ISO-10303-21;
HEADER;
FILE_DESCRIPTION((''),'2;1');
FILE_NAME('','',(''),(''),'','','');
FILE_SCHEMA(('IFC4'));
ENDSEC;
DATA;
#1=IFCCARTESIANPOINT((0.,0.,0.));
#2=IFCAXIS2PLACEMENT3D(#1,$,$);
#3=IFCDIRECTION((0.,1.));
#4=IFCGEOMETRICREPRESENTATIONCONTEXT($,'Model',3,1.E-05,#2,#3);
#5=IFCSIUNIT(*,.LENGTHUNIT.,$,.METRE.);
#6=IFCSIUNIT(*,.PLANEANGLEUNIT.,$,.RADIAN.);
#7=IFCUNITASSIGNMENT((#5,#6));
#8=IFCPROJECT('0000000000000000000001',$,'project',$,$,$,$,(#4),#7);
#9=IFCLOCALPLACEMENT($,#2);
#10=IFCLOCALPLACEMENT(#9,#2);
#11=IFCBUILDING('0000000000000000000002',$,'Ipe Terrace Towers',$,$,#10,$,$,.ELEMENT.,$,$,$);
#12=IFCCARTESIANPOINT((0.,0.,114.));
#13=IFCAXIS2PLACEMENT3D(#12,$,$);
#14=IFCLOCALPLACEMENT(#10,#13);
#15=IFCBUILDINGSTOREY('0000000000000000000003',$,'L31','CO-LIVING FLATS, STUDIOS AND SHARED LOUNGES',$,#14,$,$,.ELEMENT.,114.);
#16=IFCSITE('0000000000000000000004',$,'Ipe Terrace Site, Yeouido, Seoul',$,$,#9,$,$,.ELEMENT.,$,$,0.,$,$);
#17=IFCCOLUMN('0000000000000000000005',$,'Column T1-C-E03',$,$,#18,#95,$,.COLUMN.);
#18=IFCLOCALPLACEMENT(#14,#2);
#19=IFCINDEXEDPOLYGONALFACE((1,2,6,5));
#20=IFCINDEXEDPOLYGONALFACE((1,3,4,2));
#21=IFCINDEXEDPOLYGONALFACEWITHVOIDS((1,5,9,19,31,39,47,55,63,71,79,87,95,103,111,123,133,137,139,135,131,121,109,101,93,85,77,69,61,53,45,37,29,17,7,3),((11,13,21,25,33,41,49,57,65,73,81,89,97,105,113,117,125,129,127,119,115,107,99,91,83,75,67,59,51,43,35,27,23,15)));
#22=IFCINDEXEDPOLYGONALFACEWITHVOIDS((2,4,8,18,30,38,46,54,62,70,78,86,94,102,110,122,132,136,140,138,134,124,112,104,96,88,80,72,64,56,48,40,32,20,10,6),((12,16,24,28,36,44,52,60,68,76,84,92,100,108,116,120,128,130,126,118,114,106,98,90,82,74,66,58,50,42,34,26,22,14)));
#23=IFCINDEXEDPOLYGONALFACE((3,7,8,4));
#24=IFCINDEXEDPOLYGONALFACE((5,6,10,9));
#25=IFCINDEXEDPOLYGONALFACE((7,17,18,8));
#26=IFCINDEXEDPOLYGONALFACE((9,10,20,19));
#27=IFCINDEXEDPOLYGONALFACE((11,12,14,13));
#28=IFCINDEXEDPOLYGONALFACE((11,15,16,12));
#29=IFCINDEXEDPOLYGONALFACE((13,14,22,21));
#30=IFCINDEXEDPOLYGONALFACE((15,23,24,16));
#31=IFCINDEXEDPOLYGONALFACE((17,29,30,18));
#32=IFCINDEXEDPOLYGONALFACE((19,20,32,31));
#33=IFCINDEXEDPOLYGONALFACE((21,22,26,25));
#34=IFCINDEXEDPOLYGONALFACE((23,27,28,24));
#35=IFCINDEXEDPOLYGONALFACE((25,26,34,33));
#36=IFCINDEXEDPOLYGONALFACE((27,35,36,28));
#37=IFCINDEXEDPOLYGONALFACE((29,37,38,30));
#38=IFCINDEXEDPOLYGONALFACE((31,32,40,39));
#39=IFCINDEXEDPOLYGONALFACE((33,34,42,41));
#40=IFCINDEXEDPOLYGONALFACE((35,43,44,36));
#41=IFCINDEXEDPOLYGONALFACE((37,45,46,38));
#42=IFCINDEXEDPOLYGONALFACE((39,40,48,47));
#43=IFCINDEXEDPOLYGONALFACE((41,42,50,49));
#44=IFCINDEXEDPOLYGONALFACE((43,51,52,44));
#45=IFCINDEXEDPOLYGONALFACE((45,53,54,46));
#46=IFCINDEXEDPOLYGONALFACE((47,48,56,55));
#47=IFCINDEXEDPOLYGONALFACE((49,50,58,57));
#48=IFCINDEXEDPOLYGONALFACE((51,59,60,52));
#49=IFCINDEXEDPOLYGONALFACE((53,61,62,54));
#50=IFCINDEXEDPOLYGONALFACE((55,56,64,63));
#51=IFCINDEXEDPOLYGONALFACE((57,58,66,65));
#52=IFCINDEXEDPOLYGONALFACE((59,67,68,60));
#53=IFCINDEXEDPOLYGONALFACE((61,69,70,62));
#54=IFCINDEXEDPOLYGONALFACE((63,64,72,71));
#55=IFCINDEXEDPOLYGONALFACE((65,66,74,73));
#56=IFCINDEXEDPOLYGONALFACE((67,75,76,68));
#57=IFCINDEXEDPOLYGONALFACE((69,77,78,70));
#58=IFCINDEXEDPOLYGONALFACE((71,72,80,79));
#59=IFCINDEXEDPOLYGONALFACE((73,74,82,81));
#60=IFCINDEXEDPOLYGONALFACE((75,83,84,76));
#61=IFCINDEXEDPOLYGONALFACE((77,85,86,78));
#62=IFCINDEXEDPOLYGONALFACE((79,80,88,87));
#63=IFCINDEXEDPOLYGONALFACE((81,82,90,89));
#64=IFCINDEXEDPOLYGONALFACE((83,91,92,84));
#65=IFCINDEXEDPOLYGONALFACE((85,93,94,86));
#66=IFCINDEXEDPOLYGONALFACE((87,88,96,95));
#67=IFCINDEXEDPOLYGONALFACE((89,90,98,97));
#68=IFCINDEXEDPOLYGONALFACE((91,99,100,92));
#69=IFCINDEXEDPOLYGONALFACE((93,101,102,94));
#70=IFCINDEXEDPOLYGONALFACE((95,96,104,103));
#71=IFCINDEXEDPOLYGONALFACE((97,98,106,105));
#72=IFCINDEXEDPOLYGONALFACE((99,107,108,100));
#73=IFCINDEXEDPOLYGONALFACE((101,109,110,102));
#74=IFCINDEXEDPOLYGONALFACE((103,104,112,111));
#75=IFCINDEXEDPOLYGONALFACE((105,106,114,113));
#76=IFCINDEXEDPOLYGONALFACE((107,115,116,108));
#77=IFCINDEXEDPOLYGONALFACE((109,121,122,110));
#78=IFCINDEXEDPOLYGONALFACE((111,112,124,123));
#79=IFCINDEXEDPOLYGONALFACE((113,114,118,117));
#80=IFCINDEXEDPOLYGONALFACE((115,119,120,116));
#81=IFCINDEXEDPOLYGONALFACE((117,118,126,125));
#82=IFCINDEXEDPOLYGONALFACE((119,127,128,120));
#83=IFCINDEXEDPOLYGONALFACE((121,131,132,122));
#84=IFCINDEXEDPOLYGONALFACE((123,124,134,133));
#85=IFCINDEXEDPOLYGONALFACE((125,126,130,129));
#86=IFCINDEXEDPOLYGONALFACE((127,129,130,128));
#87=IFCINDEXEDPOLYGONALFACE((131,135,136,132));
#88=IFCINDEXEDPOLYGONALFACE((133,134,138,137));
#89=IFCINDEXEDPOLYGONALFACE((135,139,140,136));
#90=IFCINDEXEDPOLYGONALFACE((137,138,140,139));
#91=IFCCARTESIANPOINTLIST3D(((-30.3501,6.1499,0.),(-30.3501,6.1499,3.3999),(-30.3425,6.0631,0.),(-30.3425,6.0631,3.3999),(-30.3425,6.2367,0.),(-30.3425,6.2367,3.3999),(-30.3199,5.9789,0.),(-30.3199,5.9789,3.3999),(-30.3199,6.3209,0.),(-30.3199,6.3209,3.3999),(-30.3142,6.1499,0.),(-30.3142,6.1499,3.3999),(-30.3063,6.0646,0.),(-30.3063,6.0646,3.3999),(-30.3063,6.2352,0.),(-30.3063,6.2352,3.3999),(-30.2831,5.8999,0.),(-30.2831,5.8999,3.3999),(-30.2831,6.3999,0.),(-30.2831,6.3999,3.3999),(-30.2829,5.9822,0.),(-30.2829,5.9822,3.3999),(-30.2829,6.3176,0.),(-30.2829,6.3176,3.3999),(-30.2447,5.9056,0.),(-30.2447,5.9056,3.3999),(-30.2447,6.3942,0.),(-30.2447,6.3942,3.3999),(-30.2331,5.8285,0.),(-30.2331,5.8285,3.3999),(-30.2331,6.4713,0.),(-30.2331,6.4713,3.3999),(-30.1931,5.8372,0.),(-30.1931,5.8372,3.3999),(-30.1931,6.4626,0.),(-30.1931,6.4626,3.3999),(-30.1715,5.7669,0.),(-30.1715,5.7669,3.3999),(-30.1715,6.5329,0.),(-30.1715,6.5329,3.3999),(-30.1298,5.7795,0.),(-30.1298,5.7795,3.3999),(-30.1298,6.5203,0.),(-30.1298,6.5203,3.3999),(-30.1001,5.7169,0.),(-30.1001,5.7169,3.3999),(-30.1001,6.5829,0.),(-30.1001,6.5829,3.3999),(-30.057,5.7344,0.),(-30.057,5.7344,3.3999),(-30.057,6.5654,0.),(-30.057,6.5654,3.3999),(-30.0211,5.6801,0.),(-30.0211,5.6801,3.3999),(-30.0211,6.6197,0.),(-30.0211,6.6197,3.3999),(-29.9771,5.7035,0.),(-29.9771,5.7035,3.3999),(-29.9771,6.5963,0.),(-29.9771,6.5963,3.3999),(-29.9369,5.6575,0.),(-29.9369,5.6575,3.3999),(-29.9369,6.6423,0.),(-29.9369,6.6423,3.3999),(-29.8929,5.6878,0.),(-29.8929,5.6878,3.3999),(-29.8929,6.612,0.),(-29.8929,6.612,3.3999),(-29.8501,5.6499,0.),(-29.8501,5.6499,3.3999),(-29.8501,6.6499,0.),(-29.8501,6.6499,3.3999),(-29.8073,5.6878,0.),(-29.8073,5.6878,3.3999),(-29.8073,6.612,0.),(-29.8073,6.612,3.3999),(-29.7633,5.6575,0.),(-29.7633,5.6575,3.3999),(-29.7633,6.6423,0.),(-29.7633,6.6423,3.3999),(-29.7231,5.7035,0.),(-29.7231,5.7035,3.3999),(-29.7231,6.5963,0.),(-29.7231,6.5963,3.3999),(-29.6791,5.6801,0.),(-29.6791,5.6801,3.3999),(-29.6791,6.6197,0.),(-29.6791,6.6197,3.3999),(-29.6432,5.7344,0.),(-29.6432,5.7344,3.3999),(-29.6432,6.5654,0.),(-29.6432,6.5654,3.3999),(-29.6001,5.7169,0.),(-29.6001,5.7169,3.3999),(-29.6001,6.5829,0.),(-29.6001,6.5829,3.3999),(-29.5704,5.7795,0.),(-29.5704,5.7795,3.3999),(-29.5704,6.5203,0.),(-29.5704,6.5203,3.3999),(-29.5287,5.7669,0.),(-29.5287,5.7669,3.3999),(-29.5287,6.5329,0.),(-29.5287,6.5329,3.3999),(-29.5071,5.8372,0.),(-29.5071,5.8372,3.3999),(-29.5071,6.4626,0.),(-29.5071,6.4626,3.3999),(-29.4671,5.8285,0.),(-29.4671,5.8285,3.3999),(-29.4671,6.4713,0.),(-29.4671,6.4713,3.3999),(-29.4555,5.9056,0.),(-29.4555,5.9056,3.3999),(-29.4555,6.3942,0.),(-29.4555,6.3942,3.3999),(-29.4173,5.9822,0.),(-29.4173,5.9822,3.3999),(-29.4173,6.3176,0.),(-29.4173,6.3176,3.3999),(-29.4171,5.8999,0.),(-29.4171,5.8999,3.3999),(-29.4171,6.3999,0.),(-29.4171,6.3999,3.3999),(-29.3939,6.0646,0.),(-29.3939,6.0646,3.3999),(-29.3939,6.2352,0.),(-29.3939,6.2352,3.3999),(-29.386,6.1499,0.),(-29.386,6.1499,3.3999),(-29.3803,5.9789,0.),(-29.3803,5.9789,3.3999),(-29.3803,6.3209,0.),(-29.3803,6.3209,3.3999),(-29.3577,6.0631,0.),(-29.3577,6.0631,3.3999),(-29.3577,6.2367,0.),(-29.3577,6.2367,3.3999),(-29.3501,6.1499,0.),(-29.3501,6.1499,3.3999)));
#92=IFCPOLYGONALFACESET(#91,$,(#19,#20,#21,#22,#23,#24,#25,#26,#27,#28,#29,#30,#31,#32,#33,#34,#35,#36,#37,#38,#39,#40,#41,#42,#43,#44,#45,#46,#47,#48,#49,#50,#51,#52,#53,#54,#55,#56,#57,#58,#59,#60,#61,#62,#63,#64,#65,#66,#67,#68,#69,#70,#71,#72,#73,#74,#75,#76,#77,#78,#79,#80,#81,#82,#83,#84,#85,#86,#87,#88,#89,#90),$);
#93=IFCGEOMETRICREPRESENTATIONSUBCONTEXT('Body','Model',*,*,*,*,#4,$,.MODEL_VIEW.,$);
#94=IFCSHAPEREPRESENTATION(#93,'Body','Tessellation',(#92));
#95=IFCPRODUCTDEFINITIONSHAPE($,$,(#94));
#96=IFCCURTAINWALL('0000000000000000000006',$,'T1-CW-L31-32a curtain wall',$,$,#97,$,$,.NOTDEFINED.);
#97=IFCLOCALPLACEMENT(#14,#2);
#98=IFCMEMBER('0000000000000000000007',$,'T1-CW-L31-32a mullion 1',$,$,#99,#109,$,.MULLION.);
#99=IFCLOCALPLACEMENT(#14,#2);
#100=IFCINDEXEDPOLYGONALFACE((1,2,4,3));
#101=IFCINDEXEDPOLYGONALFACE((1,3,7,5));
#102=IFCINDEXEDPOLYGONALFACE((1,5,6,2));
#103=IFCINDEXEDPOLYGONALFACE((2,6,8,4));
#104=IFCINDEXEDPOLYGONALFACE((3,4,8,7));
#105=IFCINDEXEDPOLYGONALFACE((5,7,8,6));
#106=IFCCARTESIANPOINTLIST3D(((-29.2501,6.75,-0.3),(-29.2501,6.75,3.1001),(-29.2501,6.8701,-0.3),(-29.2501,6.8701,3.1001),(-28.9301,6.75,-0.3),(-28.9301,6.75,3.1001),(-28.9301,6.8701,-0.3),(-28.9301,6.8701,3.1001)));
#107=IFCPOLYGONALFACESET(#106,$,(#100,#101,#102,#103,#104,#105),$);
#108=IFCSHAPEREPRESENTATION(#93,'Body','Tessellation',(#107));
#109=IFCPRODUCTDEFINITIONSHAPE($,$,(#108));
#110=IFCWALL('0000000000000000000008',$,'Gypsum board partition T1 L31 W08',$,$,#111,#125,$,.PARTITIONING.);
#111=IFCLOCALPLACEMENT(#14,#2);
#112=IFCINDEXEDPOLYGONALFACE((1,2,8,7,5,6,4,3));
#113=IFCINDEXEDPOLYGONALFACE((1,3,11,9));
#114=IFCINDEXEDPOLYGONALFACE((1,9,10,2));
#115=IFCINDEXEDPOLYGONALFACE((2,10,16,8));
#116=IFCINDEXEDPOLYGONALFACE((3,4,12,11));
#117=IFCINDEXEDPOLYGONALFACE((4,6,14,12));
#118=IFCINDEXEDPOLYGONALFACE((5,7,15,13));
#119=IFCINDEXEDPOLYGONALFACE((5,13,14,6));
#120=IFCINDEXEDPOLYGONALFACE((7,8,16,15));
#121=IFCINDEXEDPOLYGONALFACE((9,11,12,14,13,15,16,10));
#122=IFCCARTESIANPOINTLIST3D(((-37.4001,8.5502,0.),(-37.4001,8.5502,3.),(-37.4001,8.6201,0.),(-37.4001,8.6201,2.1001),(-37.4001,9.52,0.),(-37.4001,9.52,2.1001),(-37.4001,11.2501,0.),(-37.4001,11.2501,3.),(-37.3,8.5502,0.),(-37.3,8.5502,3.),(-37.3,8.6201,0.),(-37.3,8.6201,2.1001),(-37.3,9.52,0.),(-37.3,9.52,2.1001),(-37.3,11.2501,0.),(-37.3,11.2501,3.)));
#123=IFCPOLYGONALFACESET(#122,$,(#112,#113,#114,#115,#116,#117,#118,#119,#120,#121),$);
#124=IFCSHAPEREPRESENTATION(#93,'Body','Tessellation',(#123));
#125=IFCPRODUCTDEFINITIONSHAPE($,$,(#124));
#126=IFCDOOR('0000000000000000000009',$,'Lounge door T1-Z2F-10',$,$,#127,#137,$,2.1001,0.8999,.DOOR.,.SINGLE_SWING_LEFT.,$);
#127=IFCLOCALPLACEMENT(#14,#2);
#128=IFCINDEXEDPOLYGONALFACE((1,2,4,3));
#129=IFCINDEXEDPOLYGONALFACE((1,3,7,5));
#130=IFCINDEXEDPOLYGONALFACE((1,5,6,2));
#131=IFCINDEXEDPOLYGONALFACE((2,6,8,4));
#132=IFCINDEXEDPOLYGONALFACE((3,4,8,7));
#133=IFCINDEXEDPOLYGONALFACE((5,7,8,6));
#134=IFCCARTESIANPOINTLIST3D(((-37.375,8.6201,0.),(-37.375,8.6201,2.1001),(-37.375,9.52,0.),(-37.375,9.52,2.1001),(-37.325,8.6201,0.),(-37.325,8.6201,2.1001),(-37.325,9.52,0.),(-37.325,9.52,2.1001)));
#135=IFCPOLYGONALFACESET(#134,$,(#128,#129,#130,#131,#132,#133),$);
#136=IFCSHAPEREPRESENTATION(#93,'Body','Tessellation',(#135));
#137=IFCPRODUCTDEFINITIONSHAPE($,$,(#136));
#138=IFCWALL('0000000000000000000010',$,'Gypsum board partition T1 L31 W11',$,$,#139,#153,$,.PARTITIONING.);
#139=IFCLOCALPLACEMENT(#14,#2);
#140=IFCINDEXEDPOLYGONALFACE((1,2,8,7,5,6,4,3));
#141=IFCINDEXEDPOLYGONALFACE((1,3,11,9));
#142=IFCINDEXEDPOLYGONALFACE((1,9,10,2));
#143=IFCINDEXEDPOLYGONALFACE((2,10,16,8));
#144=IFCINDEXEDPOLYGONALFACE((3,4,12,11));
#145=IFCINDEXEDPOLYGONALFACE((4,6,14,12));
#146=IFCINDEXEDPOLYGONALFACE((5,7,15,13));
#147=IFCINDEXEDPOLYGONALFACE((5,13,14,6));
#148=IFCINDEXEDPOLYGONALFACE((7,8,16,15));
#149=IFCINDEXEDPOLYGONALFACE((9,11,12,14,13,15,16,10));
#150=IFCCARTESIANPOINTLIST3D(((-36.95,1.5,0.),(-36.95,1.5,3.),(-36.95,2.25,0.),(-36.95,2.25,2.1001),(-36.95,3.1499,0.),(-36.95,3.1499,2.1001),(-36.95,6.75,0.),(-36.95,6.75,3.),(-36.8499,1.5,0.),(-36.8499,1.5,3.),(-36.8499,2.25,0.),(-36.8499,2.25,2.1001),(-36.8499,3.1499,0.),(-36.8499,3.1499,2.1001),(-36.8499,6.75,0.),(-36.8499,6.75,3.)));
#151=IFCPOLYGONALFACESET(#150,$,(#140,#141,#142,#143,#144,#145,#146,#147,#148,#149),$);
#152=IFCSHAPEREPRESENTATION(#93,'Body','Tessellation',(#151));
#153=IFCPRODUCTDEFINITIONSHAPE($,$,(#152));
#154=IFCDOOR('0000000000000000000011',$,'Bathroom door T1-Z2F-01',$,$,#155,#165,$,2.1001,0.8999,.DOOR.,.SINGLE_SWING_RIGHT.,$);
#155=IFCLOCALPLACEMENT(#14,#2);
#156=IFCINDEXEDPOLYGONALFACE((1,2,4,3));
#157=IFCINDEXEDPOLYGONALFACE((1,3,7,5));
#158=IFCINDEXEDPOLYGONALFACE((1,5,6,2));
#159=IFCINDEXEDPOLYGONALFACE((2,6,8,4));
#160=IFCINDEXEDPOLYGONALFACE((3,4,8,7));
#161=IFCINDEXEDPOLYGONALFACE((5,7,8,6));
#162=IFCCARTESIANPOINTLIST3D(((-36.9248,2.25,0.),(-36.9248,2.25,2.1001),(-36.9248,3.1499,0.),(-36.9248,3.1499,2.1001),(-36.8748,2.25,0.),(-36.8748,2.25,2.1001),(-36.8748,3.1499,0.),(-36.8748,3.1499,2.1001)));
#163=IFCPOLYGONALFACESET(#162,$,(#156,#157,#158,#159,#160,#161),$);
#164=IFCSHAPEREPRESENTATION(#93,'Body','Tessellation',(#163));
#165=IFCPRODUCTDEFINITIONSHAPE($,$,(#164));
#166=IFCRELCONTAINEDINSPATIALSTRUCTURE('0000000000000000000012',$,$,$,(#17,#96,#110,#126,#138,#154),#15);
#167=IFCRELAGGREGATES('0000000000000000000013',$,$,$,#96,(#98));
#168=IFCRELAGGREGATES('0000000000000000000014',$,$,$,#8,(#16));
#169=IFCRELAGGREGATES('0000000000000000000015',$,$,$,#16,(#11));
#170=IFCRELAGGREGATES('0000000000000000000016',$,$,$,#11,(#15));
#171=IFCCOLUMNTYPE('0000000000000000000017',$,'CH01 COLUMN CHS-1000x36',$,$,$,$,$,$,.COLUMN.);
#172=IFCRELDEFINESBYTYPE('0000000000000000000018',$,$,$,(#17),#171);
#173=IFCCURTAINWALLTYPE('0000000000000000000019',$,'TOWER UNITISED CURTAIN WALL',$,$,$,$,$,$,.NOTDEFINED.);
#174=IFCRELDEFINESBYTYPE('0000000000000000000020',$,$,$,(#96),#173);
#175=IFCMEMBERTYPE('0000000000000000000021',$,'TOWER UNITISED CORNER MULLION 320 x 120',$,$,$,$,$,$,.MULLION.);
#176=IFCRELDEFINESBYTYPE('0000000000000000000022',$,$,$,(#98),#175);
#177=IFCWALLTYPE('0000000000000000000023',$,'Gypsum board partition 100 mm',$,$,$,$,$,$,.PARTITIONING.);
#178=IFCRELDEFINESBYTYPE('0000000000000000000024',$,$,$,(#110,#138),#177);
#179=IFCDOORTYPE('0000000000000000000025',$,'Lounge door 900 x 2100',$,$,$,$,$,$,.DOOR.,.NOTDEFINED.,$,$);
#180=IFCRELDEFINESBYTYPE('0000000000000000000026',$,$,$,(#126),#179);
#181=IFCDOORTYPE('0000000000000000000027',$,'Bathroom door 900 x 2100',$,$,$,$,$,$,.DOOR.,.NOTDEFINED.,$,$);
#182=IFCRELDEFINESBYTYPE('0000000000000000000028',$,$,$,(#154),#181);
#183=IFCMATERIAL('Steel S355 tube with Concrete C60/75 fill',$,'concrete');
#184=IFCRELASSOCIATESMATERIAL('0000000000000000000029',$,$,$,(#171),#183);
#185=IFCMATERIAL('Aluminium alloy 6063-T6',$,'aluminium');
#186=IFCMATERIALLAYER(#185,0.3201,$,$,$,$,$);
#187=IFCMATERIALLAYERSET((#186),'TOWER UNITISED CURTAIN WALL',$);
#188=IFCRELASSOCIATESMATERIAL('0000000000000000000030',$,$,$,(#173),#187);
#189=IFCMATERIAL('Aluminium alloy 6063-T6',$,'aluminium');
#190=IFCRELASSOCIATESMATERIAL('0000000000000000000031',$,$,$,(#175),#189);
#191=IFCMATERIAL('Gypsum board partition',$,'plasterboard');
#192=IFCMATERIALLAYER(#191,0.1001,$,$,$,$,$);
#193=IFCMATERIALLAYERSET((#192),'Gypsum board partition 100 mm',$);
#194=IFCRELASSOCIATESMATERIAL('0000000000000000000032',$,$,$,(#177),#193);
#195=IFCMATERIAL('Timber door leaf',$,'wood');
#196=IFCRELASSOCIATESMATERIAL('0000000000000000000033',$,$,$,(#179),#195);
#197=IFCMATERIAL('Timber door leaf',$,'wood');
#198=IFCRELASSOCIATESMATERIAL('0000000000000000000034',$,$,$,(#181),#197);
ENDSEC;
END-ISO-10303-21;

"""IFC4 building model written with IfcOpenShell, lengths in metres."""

from ifc_helpers import new_model, si_unit, direction, frame, frame_2d, origin, origin_2d, place, context, subcontext, project, spatial, rectangle, hollow_circle, extrude, material, layer, layer_set, material_profile, profile_set, type_object, element, fill, aggregate, save


model = new_model("IFC4")

# Units and contexts
model_context = context("Model", 3, precision=1e-05, world=origin(), true_north=direction((0.0, 1.0)))
body_context = subcontext(model_context, "Body", "Model", "MODEL_VIEW")
ifc_project = project(units=[si_unit("LENGTHUNIT", "METRE"), si_unit("PLANEANGLEUNIT", "RADIAN")], contexts=[model_context])

# Site, building, storey
site_placement = place(None, origin())
site = spatial("IfcSite", under=ifc_project, at=site_placement, Name="Ipe Terrace Site, Yeouido, Seoul", CompositionType="ELEMENT", RefElevation=0.0)
building_placement = place(site_placement, origin())
building = spatial("IfcBuilding", under=site, at=building_placement, Name="Ipe Terrace Towers", CompositionType="ELEMENT")
storey_placement = place(building_placement, frame((0.0, 0.0, 114.0)))
storey = spatial("IfcBuildingStorey", under=building, at=storey_placement, Name="L31", Description="CO-LIVING FLATS, STUDIOS AND SHARED LOUNGES", CompositionType="ELEMENT", Elevation=114.0)

# Column
ifc_material_1 = material(Name="Steel S355 tube with Concrete C60/75 fill", Category="concrete")
ifc_material_profile_1 = material_profile(ifc_material_1, hollow_circle(Radius=0.5, WallThickness=0.0359, at=origin_2d()), Name="CHS-1000x36")
ifc_profile_set_1 = profile_set([ifc_material_profile_1], Name="Steel S355 tube with Concrete C60/75 fill")
column_type = type_object("IfcColumnType", Name="CH01 COLUMN CHS-1000x36", PredefinedType="COLUMN", material=ifc_profile_set_1)
column_placement = place(storey_placement, frame((-29.8501, 6.1499, 0.0), z_axis=(0.0, 0.0, 1.0), x_axis=(1.0, 0.0, 0.0)))
element("IfcColumn", 1, at=column_placement, inside=storey, type_object=column_type, Name="Column T1-C-E03", PredefinedType="COLUMN", context=body_context, shape_type="SweptSolid", body=[
    extrude(hollow_circle(Radius=0.5, WallThickness=0.0359, at=origin_2d()), origin(), (0.0, 0.0, 1.0), 3.3999),
])

# Curtain wall, member
ifc_material_2 = material(Name="Aluminium alloy 6063-T6", Category="aluminium")
ifc_layer_1 = layer(ifc_material_2, 0.3201)
ifc_layer_set_1 = layer_set([ifc_layer_1], Name="TOWER UNITISED CURTAIN WALL")
curtain_wall_type = type_object("IfcCurtainWallType", Name="TOWER UNITISED CURTAIN WALL", PredefinedType="NOTDEFINED", material=ifc_layer_set_1)
curtain_wall_placement = place(storey_placement, origin())
curtain_wall = element("IfcCurtainWall", 2, at=curtain_wall_placement, inside=storey, type_object=curtain_wall_type, Name="T1-CW-L31-32a curtain wall", PredefinedType="NOTDEFINED")
ifc_material_3 = material(Name="Aluminium alloy 6063-T6", Category="aluminium")
ifc_material_profile_2 = material_profile(ifc_material_3, rectangle(XDim=0.3201, YDim=0.1201, at=origin_2d()), Name="TOWER UNITISED CORNER MULLION 320 x 120")
ifc_profile_set_2 = profile_set([ifc_material_profile_2], Name="Aluminium alloy 6063-T6")
member_type = type_object("IfcMemberType", Name="TOWER UNITISED CORNER MULLION 320 x 120", PredefinedType="MULLION", material=ifc_profile_set_2)
member_placement = place(storey_placement, frame((-29.0901, 6.8101, -0.3), z_axis=(0.0, 0.0, 1.0), x_axis=(1.0, 0.0, 0.0)))
member = element("IfcMember", 3, at=member_placement, type_object=member_type, Name="T1-CW-L31-32a mullion 1", PredefinedType="MULLION", context=body_context, shape_type="SweptSolid", body=[
    extrude(rectangle(XDim=0.3201, YDim=0.1201, at=origin_2d()), origin(), (0.0, 0.0, 1.0), 3.4001),
])
aggregate(curtain_wall, [member])

# Walls, openings, doors
ifc_material_4 = material(Name="Gypsum board partition", Category="plasterboard")
ifc_layer_2 = layer(ifc_material_4, 0.1001)
ifc_layer_set_2 = layer_set([ifc_layer_2], Name="Gypsum board partition 100 mm")
wall_type_1 = type_object("IfcWallType", Name="Gypsum board partition 100 mm", PredefinedType="PARTITIONING", material=ifc_layer_set_2)
wall_1_placement = place(storey_placement, frame((-37.3501, 8.55, 0.0), z_axis=(0.0, 0.0, 1.0), x_axis=(0.0, 1.0, 0.0)))
wall_1 = element("IfcWall", 4, at=wall_1_placement, inside=storey, type_object=wall_type_1, Name="Gypsum board partition T1 L31 W08", PredefinedType="PARTITIONING", context=body_context, shape_type="SweptSolid", body=[
    extrude(rectangle(XDim=2.7, YDim=0.1001, at=frame_2d((1.3501, 0.0))), origin(), (0.0, 0.0, 1.0), 3.0),
])
opening_1_placement = place(wall_1_placement, frame((0.0701, 0.0, 0.0)))
opening_1 = element("IfcOpeningElement", 5, at=opening_1_placement, cuts=wall_1, PredefinedType="OPENING", context=body_context, shape_type="SweptSolid", body=[
    extrude(rectangle(XDim=0.8999, YDim=2.1001, at=frame_2d((0.45, 1.05))), frame((0.0, 0.0601, 0.0), z_axis=(0.0, -1.0, 0.0), x_axis=(1.0, 0.0, 0.0)), (0.0, 0.0, 1.0), 0.1201),
])
ifc_material_5 = material(Name="Timber door leaf", Category="wood")
door_type_1 = type_object("IfcDoorType", Name="Lounge door 900 x 2100", OperationType="NOTDEFINED", PredefinedType="DOOR", material=ifc_material_5)
door_1_placement = place(opening_1_placement, origin())
door_1 = element("IfcDoor", 6, at=door_1_placement, inside=storey, type_object=door_type_1, Name="Lounge door T1-Z2F-10", OperationType="SINGLE_SWING_LEFT", OverallHeight=2.1001, OverallWidth=0.8999, PredefinedType="DOOR", context=body_context, shape_type="SweptSolid", body=[
    extrude(rectangle(XDim=0.8999, YDim=2.1001, at=frame_2d((0.45, 1.05))), frame((0.0, 0.0249, 0.0), z_axis=(0.0, -1.0, 0.0), x_axis=(1.0, 0.0, 0.0)), (0.0, 0.0, 1.0), 0.05),
])
fill(opening_1, door_1)
wall_2_placement = place(storey_placement, frame((-36.8999, 1.5, 0.0), z_axis=(0.0, 0.0, 1.0), x_axis=(0.0, 1.0, 0.0)))
wall_2 = element("IfcWall", 7, at=wall_2_placement, inside=storey, type_object=wall_type_1, Name="Gypsum board partition T1 L31 W11", PredefinedType="PARTITIONING", context=body_context, shape_type="SweptSolid", body=[
    extrude(rectangle(XDim=5.25, YDim=0.1001, at=frame_2d((2.625, 0.0))), origin(), (0.0, 0.0, 1.0), 3.0),
])
opening_2_placement = place(wall_2_placement, frame((0.75, 0.0, 0.0)))
opening_2 = element("IfcOpeningElement", 8, at=opening_2_placement, cuts=wall_2, PredefinedType="OPENING", context=body_context, shape_type="SweptSolid", body=[
    extrude(rectangle(XDim=0.8999, YDim=2.1001, at=frame_2d((0.45, 1.05))), frame((0.0, 0.0601, 0.0), z_axis=(0.0, -1.0, 0.0), x_axis=(1.0, 0.0, 0.0)), (0.0, 0.0, 1.0), 0.1201),
])
ifc_material_6 = material(Name="Timber door leaf", Category="wood")
door_type_2 = type_object("IfcDoorType", Name="Bathroom door 900 x 2100", OperationType="NOTDEFINED", PredefinedType="DOOR", material=ifc_material_6)
door_2_placement = place(opening_2_placement, origin())
door_2 = element("IfcDoor", 9, at=door_2_placement, inside=storey, type_object=door_type_2, Name="Bathroom door T1-Z2F-01", OperationType="SINGLE_SWING_RIGHT", OverallHeight=2.1001, OverallWidth=0.8999, PredefinedType="DOOR", context=body_context, shape_type="SweptSolid", body=[
    extrude(rectangle(XDim=0.8999, YDim=2.1001, at=frame_2d((0.45, 1.05))), frame((0.0, 0.0249, 0.0), z_axis=(0.0, -1.0, 0.0), x_axis=(1.0, 0.0, 0.0)), (0.0, 0.0, 1.0), 0.05),
])
fill(opening_2, door_2)

save(model, "model.ifc")
